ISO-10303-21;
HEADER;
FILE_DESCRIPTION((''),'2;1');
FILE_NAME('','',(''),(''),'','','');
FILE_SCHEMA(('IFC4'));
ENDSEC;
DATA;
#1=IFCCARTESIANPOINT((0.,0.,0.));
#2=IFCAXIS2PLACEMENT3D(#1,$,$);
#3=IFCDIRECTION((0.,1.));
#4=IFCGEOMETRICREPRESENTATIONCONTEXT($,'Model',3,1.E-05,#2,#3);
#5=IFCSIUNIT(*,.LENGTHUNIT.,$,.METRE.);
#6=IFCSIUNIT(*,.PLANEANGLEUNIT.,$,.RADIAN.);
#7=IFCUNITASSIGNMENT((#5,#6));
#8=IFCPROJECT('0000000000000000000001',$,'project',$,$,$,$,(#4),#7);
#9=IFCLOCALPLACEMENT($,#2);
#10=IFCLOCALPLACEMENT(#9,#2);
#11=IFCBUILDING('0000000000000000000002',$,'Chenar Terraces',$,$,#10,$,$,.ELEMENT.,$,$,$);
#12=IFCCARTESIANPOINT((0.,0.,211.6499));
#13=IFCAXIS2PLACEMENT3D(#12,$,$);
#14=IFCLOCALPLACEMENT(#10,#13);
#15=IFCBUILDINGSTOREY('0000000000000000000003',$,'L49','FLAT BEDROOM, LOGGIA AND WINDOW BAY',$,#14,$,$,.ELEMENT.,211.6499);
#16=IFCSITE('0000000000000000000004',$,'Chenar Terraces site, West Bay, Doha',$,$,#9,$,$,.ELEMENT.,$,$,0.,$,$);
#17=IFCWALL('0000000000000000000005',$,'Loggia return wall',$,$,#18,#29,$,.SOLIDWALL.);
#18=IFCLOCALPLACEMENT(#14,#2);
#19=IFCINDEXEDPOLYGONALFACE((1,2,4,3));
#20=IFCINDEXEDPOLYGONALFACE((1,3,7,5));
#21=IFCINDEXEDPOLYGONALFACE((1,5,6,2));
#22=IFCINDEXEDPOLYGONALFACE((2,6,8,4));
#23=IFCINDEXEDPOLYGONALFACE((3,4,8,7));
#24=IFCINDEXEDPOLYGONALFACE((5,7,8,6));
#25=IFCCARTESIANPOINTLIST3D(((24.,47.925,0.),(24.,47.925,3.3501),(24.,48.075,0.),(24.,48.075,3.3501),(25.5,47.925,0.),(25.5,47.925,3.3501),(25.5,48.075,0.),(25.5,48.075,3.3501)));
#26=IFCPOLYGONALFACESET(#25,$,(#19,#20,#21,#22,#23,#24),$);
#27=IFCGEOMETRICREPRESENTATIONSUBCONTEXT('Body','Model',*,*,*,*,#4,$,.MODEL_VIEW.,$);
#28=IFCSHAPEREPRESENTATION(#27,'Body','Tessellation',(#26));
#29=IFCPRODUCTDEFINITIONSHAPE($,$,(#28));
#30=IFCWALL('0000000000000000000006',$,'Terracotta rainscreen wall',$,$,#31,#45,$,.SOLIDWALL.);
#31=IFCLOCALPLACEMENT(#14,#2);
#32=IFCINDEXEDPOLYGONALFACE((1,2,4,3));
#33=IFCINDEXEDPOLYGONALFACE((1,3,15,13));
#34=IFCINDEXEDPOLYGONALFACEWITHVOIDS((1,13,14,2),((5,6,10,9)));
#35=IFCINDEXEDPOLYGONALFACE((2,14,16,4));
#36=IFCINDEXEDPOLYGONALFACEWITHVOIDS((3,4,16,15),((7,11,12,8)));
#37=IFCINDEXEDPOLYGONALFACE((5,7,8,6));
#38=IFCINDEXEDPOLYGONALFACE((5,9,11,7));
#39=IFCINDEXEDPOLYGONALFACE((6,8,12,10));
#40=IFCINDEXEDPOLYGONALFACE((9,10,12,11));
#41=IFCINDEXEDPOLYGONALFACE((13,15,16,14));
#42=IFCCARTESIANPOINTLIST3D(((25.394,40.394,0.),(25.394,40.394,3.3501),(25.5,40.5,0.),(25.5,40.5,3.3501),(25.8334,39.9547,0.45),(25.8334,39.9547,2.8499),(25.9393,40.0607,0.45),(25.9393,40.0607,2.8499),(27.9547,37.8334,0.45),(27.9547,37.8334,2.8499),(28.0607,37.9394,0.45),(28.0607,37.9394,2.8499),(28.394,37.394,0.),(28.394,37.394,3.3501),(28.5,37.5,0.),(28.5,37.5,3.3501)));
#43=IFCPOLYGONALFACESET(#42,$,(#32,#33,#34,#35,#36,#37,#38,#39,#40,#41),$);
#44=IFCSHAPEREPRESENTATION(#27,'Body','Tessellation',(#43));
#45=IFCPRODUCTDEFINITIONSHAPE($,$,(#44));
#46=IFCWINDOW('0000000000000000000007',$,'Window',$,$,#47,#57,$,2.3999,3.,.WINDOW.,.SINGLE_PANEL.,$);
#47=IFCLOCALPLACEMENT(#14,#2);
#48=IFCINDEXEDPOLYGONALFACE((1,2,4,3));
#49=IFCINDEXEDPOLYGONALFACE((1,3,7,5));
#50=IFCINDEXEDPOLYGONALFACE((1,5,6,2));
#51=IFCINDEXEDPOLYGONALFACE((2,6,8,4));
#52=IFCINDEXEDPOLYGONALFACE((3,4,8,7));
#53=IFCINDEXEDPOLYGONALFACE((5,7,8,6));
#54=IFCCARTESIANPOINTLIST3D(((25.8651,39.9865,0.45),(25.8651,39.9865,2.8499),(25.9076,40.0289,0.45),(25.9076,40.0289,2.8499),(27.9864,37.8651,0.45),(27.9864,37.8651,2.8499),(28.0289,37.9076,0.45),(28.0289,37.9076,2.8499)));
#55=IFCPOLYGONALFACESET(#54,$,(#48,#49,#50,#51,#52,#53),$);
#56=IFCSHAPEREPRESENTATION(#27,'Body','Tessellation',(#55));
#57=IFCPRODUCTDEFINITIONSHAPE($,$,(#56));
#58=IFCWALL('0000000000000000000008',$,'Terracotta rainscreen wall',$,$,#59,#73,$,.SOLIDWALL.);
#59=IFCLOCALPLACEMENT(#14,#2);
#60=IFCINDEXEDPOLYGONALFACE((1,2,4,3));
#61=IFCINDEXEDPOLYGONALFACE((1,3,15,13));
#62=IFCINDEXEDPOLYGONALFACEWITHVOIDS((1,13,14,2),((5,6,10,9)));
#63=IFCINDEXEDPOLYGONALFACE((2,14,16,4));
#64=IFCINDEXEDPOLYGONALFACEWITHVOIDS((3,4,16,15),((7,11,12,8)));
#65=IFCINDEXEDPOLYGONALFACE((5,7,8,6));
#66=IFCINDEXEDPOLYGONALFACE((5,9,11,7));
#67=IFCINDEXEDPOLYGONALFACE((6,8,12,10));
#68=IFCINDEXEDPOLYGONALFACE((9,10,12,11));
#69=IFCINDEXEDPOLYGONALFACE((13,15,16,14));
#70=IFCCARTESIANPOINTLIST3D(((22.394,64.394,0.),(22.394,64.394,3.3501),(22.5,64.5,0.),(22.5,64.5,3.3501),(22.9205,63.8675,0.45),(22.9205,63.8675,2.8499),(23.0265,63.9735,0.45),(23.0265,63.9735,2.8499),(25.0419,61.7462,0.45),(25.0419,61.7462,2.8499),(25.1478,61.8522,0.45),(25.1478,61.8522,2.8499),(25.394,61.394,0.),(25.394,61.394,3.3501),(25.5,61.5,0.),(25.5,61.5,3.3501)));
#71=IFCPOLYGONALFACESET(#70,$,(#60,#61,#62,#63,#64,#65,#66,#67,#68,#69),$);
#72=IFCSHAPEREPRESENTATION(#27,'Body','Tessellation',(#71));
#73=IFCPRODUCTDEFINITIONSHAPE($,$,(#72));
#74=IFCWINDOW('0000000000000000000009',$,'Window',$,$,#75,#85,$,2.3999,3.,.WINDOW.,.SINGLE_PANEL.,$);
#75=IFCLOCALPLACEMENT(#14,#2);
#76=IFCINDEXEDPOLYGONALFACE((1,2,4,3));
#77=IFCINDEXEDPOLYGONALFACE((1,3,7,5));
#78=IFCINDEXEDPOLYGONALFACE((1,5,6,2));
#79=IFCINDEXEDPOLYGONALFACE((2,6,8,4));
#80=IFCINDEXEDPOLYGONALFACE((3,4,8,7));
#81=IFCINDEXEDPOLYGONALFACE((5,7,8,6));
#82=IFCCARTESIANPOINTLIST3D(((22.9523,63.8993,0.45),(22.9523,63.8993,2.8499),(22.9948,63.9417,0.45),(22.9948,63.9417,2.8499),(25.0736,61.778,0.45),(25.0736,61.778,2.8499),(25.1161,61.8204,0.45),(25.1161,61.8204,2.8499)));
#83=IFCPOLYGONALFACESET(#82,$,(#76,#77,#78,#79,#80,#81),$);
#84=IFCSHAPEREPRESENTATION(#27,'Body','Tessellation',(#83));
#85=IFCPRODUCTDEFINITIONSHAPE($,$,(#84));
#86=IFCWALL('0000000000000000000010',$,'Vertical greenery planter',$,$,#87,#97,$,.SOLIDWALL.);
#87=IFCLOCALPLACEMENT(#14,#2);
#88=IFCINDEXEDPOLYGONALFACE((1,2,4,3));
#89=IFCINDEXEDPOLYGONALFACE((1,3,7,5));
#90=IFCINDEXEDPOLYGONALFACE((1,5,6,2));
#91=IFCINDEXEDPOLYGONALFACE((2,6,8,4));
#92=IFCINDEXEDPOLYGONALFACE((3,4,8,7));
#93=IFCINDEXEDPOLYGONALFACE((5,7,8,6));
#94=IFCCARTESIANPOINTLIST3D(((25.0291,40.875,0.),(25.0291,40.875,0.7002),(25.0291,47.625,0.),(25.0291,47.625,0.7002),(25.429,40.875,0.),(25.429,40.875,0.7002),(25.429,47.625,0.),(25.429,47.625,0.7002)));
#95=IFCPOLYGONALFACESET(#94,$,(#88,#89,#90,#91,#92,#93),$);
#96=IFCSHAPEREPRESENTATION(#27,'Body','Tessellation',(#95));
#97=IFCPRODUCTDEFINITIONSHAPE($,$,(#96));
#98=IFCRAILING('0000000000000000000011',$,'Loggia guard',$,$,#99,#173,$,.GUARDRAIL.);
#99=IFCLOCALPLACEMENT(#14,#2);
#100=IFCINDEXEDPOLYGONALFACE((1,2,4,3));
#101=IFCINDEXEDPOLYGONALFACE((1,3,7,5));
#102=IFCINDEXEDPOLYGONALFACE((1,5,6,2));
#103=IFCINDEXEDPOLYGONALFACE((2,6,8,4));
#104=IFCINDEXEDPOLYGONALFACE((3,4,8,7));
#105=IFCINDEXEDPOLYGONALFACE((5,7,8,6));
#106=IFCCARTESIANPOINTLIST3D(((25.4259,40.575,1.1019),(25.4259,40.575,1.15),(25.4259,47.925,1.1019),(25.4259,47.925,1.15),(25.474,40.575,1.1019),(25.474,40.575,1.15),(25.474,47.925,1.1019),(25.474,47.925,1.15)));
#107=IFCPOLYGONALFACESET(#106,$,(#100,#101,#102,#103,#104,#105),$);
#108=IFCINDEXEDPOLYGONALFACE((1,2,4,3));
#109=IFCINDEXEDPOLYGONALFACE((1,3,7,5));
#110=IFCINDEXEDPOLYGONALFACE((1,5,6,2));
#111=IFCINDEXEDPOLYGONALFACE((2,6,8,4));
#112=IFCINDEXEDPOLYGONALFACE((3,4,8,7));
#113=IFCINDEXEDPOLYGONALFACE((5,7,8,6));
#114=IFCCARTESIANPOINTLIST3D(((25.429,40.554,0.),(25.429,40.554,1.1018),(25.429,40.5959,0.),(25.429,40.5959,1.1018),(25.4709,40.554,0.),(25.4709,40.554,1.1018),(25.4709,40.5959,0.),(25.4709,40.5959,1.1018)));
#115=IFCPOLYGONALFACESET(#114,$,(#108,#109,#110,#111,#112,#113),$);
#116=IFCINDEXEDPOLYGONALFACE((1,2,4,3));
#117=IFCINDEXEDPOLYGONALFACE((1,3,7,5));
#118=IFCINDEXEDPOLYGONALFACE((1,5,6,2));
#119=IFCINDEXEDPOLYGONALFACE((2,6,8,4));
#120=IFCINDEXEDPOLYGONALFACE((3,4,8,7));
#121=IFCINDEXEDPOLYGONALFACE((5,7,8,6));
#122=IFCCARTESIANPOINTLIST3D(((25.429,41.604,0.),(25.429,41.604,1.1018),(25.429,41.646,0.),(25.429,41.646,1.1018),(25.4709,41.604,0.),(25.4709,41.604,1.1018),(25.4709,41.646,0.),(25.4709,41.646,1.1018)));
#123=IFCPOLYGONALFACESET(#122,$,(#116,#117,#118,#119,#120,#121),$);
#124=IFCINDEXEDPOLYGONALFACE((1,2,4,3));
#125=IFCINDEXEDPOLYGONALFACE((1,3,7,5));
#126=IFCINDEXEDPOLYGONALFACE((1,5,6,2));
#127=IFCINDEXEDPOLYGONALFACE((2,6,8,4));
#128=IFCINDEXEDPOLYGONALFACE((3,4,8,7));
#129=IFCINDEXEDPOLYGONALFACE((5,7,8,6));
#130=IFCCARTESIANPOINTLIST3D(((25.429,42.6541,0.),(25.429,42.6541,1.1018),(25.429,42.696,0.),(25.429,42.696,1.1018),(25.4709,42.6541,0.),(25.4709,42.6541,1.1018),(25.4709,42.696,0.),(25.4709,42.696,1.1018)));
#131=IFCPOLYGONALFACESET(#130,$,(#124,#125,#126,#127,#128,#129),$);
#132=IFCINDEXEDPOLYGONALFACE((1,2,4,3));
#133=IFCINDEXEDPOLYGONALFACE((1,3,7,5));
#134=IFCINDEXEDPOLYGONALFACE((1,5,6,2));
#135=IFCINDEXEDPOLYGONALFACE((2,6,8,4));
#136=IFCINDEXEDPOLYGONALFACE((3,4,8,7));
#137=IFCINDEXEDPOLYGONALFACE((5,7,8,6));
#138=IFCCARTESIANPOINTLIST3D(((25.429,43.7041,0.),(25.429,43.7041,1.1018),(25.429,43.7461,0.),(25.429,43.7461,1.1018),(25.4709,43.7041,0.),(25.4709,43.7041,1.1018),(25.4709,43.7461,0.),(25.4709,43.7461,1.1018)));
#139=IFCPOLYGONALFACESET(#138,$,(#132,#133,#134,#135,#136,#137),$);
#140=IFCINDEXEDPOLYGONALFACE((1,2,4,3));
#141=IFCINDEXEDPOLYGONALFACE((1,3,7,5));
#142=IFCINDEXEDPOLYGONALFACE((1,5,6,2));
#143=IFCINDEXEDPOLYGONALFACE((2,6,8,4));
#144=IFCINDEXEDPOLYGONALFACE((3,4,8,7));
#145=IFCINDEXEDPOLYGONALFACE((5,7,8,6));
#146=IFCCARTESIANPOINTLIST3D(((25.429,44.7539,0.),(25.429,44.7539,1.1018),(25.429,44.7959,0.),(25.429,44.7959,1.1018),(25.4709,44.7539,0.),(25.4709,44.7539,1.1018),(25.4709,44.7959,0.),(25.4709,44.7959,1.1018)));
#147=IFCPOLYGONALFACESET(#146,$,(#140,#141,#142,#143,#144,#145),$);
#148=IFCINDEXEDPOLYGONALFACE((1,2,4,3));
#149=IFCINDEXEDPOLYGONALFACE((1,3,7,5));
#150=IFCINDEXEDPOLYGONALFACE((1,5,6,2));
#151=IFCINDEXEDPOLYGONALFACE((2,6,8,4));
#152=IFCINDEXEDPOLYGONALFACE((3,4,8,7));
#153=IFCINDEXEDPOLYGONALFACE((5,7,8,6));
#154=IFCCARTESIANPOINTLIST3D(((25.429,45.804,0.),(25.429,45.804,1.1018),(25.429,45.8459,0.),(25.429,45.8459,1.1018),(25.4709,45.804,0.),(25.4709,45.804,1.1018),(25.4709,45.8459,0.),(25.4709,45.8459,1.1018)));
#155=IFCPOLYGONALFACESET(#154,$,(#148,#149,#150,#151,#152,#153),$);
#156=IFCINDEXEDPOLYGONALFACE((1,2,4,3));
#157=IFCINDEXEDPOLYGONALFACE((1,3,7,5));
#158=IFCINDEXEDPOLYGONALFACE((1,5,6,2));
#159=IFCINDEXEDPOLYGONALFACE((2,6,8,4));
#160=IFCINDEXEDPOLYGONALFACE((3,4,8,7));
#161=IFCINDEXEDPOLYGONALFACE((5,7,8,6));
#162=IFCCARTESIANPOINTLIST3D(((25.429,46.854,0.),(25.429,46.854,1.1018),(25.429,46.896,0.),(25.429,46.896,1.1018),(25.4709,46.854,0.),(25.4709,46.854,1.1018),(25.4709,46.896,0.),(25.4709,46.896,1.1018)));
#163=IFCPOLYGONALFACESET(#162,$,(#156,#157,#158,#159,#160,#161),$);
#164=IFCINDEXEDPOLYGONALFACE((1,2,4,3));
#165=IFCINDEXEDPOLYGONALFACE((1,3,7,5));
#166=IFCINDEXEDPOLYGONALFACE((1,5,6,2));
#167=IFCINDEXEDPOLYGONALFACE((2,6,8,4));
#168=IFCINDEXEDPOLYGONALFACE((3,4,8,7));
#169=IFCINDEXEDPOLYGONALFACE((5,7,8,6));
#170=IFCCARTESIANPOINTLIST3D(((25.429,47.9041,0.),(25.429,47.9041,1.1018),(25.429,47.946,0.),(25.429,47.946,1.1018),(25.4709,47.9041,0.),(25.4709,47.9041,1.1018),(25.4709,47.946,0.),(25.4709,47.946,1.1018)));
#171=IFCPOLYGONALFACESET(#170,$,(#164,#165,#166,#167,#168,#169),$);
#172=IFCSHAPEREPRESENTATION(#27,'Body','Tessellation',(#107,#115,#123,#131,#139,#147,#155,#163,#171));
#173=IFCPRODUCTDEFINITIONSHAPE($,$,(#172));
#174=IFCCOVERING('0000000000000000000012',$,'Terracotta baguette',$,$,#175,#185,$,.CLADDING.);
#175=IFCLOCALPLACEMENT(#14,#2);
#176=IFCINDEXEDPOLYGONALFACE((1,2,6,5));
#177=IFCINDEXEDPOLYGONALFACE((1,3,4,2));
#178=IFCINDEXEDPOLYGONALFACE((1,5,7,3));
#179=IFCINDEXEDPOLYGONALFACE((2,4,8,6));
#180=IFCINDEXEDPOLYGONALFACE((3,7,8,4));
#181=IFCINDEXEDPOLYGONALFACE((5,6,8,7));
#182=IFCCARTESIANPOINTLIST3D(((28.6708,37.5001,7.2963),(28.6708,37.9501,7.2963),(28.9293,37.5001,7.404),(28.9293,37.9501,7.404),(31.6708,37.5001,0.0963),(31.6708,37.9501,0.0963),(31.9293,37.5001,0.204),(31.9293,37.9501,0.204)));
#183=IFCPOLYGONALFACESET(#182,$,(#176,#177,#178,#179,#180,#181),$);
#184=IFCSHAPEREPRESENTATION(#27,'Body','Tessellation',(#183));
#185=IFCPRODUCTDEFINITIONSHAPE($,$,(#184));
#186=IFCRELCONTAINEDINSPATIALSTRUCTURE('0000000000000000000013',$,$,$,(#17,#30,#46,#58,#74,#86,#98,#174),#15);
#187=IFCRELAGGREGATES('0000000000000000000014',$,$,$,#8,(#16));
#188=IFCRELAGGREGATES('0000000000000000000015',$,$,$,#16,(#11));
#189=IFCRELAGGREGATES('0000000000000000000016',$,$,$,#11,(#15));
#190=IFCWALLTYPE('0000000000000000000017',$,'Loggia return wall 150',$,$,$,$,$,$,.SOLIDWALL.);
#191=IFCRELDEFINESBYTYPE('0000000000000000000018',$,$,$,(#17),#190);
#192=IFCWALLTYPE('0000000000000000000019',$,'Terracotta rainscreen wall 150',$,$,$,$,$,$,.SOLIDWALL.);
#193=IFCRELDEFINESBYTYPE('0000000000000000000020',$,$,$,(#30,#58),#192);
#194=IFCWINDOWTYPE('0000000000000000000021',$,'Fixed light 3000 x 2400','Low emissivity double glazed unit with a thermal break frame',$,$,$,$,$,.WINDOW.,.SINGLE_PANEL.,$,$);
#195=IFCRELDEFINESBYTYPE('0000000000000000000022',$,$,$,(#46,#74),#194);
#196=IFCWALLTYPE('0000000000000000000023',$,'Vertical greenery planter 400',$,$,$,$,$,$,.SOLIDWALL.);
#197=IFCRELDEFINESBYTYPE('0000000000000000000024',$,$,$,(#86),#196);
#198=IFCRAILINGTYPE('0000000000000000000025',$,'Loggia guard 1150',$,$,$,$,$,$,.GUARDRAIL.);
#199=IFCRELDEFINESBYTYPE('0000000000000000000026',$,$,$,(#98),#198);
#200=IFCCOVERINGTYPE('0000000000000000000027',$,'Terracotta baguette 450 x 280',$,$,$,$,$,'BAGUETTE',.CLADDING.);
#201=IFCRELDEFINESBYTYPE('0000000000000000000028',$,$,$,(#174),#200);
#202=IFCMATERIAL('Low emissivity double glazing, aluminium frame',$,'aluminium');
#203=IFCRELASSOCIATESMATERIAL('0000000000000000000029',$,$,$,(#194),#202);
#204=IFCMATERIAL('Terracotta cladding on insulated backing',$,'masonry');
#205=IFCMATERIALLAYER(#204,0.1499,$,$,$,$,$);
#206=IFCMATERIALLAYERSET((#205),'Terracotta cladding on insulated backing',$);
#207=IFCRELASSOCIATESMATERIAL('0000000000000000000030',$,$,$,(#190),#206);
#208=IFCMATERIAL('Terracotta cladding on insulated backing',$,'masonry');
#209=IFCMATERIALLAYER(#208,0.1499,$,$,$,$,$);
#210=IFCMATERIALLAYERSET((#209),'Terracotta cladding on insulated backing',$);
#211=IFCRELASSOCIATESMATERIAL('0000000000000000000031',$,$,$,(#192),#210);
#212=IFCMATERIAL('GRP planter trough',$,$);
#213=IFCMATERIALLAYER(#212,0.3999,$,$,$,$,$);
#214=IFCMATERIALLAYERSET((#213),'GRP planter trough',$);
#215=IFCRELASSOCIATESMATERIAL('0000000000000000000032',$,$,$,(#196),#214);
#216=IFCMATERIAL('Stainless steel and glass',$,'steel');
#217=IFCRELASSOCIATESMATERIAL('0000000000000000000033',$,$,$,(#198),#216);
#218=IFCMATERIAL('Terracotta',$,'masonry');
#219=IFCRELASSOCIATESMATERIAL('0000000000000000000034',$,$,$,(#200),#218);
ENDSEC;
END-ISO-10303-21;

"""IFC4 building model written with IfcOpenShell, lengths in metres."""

from ifc_helpers import new_model, si_unit, direction, frame, frame_2d, origin, origin_2d, place, context, subcontext, project, spatial, rectangle, extrude, material, layer, layer_set, material_profile, profile_set, type_object, element, fill, save


model = new_model("IFC4")

# Units and contexts
model_context = context("Model", 3, precision=1e-05, world=origin(), true_north=direction((0.0, 1.0)))
body_context = subcontext(model_context, "Body", "Model", "MODEL_VIEW")
ifc_project = project(units=[si_unit("LENGTHUNIT", "METRE"), si_unit("PLANEANGLEUNIT", "RADIAN")], contexts=[model_context])

# Site, building, storey
site_placement = place(None, origin())
site = spatial("IfcSite", under=ifc_project, at=site_placement, Name="Chenar Terraces site, West Bay, Doha", CompositionType="ELEMENT", RefElevation=0.0)
building_placement = place(site_placement, origin())
building = spatial("IfcBuilding", under=site, at=building_placement, Name="Chenar Terraces", CompositionType="ELEMENT")
storey_placement = place(building_placement, frame((0.0, 0.0, 211.6499)))
storey = spatial("IfcBuildingStorey", under=building, at=storey_placement, Name="L49", Description="FLAT BEDROOM, LOGGIA AND WINDOW BAY", CompositionType="ELEMENT", Elevation=211.6499)

# Shared definitions
ifc_material_1 = material(Name="Low emissivity double glazing, aluminium frame", Category="aluminium")
window_type_1 = type_object("IfcWindowType", Name="Fixed light 3000 x 2400", Description="Low emissivity double glazed unit with a thermal break frame", PartitioningType="SINGLE_PANEL", PredefinedType="WINDOW", material=ifc_material_1)

# Wall
ifc_material_2 = material(Name="Terracotta cladding on insulated backing", Category="masonry")
ifc_layer_1 = layer(ifc_material_2, 0.1499)
ifc_layer_set_1 = layer_set([ifc_layer_1], Name="Terracotta cladding on insulated backing")
wall_type_1 = type_object("IfcWallType", Name="Loggia return wall 150", PredefinedType="SOLIDWALL", material=ifc_layer_set_1)
for number, where, z_axis, x_axis, name in (
    (1, (25.5, 48.0, 0.0), (0.0, 0.0, 1.0), (-1.0, 0.0, 0.0), "Loggia return wall"),
):
    element("IfcWall", number, at=place(storey_placement, frame(where, z_axis=z_axis, x_axis=x_axis)), inside=storey, type_object=wall_type_1, Name=name, PredefinedType="SOLIDWALL", context=body_context, shape_type="SweptSolid", body=[
        extrude(rectangle(XDim=1.5, YDim=0.1499, at=frame_2d((0.75, 0.0))), origin(), (0.0, 0.0, 1.0), 3.3501),
    ])

# Walls, openings, windows
ifc_material_3 = material(Name="Terracotta cladding on insulated backing", Category="masonry")
ifc_layer_2 = layer(ifc_material_3, 0.1499)
ifc_layer_set_2 = layer_set([ifc_layer_2], Name="Terracotta cladding on insulated backing")
wall_type_2 = type_object("IfcWallType", Name="Terracotta rainscreen wall 150", PredefinedType="SOLIDWALL", material=ifc_layer_set_2)
wall_1_placement = place(storey_placement, frame((28.447, 37.447, 0.0), z_axis=(0.0, 0.0, 1.0), x_axis=(-0.707107, 0.707107, 0.0)))
wall_1 = element("IfcWall", 2, at=wall_1_placement, inside=storey, type_object=wall_type_2, Name="Terracotta rainscreen wall", PredefinedType="SOLIDWALL", context=body_context, shape_type="SweptSolid", body=[
    extrude(rectangle(XDim=4.2427, YDim=0.1499, at=frame_2d((2.1213, 0.0))), origin(), (0.0, 0.0, 1.0), 3.3501),
])
opening_1_placement = place(wall_1_placement, frame((0.6213, 0.0, 0.45)))
opening_1 = element("IfcOpeningElement", 3, at=opening_1_placement, cuts=wall_1, PredefinedType="OPENING", context=body_context, shape_type="SweptSolid", body=[
    extrude(rectangle(XDim=3.0, YDim=2.3999, at=frame_2d((1.5, 1.2))), frame((0.0, 0.085, 0.0), z_axis=(0.0, -1.0, 0.0), x_axis=(1.0, 0.0, 0.0)), (0.0, 0.0, 1.0), 0.1699),
])
window_1_placement = place(opening_1_placement, origin())
window_1 = element("IfcWindow", 4, at=window_1_placement, inside=storey, type_object=window_type_1, Name="Window", OverallHeight=2.3999, OverallWidth=3.0, PartitioningType="SINGLE_PANEL", PredefinedType="WINDOW", context=body_context, shape_type="SweptSolid", body=[
    extrude(rectangle(XDim=3.0, YDim=2.3999, at=frame_2d((1.5, 1.2))), frame((0.0, 0.03, 0.0), z_axis=(0.0, -1.0, 0.0), x_axis=(1.0, 0.0, 0.0)), (0.0, 0.0, 1.0), 0.0601),
])
fill(opening_1, window_1)
wall_2_placement = place(storey_placement, frame((25.447, 61.447, 0.0), z_axis=(0.0, 0.0, 1.0), x_axis=(-0.707107, 0.707107, 0.0)))
wall_2 = element("IfcWall", 5, at=wall_2_placement, inside=storey, type_object=wall_type_2, Name="Terracotta rainscreen wall", PredefinedType="SOLIDWALL", context=body_context, shape_type="SweptSolid", body=[
    extrude(rectangle(XDim=4.2427, YDim=0.1499, at=frame_2d((2.1213, 0.0))), origin(), (0.0, 0.0, 1.0), 3.3501),
])
opening_2_placement = place(wall_2_placement, frame((0.498, 0.0, 0.45)))
opening_2 = element("IfcOpeningElement", 6, at=opening_2_placement, cuts=wall_2, PredefinedType="OPENING", context=body_context, shape_type="SweptSolid", body=[
    extrude(rectangle(XDim=3.0, YDim=2.3999, at=frame_2d((1.5, 1.2))), frame((0.0, 0.085, 0.0), z_axis=(0.0, -1.0, 0.0), x_axis=(1.0, 0.0, 0.0)), (0.0, 0.0, 1.0), 0.1699),
])
window_2_placement = place(opening_2_placement, origin())
window_2 = element("IfcWindow", 7, at=window_2_placement, inside=storey, type_object=window_type_1, Name="Window", OverallHeight=2.3999, OverallWidth=3.0, PartitioningType="SINGLE_PANEL", PredefinedType="WINDOW", context=body_context, shape_type="SweptSolid", body=[
    extrude(rectangle(XDim=3.0, YDim=2.3999, at=frame_2d((1.5, 1.2))), frame((0.0, 0.03, 0.0), z_axis=(0.0, -1.0, 0.0), x_axis=(1.0, 0.0, 0.0)), (0.0, 0.0, 1.0), 0.0601),
])
fill(opening_2, window_2)

# Wall
ifc_material_4 = material(Name="GRP planter trough")
ifc_layer_3 = layer(ifc_material_4, 0.3999)
ifc_layer_set_3 = layer_set([ifc_layer_3], Name="GRP planter trough")
wall_type_3 = type_object("IfcWallType", Name="Vertical greenery planter 400", PredefinedType="SOLIDWALL", material=ifc_layer_set_3)
wall_3_placement = place(storey_placement, frame((25.229, 40.875, 0.0), z_axis=(0.0, 0.0, 1.0), x_axis=(0.0, 1.0, 0.0)))
element("IfcWall", 8, at=wall_3_placement, inside=storey, type_object=wall_type_3, Name="Vertical greenery planter", PredefinedType="SOLIDWALL", context=body_context, shape_type="SweptSolid", body=[
    extrude(rectangle(XDim=6.75, YDim=0.3999, at=frame_2d((3.375, 0.0))), origin(), (0.0, 0.0, 1.0), 0.7002),
])

# Railing
ifc_material_5 = material(Name="Stainless steel and glass", Category="steel")
railing_type = type_object("IfcRailingType", Name="Loggia guard 1150", PredefinedType="GUARDRAIL", material=ifc_material_5)
railing_placement = place(storey_placement, frame((25.45, 40.575, 0.0)))
element("IfcRailing", 9, at=railing_placement, inside=storey, type_object=railing_type, Name="Loggia guard", PredefinedType="GUARDRAIL", context=body_context, shape_type="SweptSolid", body=[
    extrude(rectangle(XDim=0.0481, YDim=0.0481, at=origin_2d()), frame((0.0, 0.0, 1.126), z_axis=(0.0, 1.0, 0.0), x_axis=(-1.0, 0.0, 0.0)), (0.0, 0.0, 1.0), 7.3501),
    extrude(rectangle(XDim=0.042, YDim=0.042, at=origin_2d()), origin(), (0.0, 0.0, 1.0), 1.1018),
    extrude(rectangle(XDim=0.042, YDim=0.042, at=origin_2d()), frame((0.0, 1.05, 0.0)), (0.0, 0.0, 1.0), 1.1018),
    extrude(rectangle(XDim=0.042, YDim=0.042, at=origin_2d()), frame((0.0, 2.1001, 0.0)), (0.0, 0.0, 1.0), 1.1018),
    extrude(rectangle(XDim=0.042, YDim=0.042, at=origin_2d()), frame((0.0, 3.1501, 0.0)), (0.0, 0.0, 1.0), 1.1018),
    extrude(rectangle(XDim=0.042, YDim=0.042, at=origin_2d()), frame((0.0, 4.2, 0.0)), (0.0, 0.0, 1.0), 1.1018),
    extrude(rectangle(XDim=0.042, YDim=0.042, at=origin_2d()), frame((0.0, 5.25, 0.0)), (0.0, 0.0, 1.0), 1.1018),
    extrude(rectangle(XDim=0.042, YDim=0.042, at=origin_2d()), frame((0.0, 6.3, 0.0)), (0.0, 0.0, 1.0), 1.1018),
    extrude(rectangle(XDim=0.042, YDim=0.042, at=origin_2d()), frame((0.0, 7.3501, 0.0)), (0.0, 0.0, 1.0), 1.1018),
])

# Covering
ifc_material_6 = material(Name="Terracotta", Category="masonry")
ifc_material_profile_1 = material_profile(ifc_material_6, rectangle(XDim=0.45, YDim=0.28, at=origin_2d()), Name="Terracotta baguette 450 x 280")
ifc_profile_set_1 = profile_set([ifc_material_profile_1], Name="Terracotta")
covering_type = type_object("IfcCoveringType", Name="Terracotta baguette 450 x 280", ElementType="BAGUETTE", PredefinedType="CLADDING", material=ifc_profile_set_1)
covering_1_placement = place(storey_placement, frame((31.8, 37.7251, 0.1501), z_axis=(-0.384618, 0.0, 0.923076), x_axis=(0.0, -1.0, 0.0)))
element("IfcCovering", 10, at=covering_1_placement, inside=storey, type_object=covering_type, Name="Terracotta baguette", PredefinedType="CLADDING", context=body_context, shape_type="SweptSolid", body=[
    extrude(rectangle(XDim=0.45, YDim=0.28, at=origin_2d()), origin(), (0.0, 0.0, 1.0), 7.8),
])

save(model, "model.ifc")
